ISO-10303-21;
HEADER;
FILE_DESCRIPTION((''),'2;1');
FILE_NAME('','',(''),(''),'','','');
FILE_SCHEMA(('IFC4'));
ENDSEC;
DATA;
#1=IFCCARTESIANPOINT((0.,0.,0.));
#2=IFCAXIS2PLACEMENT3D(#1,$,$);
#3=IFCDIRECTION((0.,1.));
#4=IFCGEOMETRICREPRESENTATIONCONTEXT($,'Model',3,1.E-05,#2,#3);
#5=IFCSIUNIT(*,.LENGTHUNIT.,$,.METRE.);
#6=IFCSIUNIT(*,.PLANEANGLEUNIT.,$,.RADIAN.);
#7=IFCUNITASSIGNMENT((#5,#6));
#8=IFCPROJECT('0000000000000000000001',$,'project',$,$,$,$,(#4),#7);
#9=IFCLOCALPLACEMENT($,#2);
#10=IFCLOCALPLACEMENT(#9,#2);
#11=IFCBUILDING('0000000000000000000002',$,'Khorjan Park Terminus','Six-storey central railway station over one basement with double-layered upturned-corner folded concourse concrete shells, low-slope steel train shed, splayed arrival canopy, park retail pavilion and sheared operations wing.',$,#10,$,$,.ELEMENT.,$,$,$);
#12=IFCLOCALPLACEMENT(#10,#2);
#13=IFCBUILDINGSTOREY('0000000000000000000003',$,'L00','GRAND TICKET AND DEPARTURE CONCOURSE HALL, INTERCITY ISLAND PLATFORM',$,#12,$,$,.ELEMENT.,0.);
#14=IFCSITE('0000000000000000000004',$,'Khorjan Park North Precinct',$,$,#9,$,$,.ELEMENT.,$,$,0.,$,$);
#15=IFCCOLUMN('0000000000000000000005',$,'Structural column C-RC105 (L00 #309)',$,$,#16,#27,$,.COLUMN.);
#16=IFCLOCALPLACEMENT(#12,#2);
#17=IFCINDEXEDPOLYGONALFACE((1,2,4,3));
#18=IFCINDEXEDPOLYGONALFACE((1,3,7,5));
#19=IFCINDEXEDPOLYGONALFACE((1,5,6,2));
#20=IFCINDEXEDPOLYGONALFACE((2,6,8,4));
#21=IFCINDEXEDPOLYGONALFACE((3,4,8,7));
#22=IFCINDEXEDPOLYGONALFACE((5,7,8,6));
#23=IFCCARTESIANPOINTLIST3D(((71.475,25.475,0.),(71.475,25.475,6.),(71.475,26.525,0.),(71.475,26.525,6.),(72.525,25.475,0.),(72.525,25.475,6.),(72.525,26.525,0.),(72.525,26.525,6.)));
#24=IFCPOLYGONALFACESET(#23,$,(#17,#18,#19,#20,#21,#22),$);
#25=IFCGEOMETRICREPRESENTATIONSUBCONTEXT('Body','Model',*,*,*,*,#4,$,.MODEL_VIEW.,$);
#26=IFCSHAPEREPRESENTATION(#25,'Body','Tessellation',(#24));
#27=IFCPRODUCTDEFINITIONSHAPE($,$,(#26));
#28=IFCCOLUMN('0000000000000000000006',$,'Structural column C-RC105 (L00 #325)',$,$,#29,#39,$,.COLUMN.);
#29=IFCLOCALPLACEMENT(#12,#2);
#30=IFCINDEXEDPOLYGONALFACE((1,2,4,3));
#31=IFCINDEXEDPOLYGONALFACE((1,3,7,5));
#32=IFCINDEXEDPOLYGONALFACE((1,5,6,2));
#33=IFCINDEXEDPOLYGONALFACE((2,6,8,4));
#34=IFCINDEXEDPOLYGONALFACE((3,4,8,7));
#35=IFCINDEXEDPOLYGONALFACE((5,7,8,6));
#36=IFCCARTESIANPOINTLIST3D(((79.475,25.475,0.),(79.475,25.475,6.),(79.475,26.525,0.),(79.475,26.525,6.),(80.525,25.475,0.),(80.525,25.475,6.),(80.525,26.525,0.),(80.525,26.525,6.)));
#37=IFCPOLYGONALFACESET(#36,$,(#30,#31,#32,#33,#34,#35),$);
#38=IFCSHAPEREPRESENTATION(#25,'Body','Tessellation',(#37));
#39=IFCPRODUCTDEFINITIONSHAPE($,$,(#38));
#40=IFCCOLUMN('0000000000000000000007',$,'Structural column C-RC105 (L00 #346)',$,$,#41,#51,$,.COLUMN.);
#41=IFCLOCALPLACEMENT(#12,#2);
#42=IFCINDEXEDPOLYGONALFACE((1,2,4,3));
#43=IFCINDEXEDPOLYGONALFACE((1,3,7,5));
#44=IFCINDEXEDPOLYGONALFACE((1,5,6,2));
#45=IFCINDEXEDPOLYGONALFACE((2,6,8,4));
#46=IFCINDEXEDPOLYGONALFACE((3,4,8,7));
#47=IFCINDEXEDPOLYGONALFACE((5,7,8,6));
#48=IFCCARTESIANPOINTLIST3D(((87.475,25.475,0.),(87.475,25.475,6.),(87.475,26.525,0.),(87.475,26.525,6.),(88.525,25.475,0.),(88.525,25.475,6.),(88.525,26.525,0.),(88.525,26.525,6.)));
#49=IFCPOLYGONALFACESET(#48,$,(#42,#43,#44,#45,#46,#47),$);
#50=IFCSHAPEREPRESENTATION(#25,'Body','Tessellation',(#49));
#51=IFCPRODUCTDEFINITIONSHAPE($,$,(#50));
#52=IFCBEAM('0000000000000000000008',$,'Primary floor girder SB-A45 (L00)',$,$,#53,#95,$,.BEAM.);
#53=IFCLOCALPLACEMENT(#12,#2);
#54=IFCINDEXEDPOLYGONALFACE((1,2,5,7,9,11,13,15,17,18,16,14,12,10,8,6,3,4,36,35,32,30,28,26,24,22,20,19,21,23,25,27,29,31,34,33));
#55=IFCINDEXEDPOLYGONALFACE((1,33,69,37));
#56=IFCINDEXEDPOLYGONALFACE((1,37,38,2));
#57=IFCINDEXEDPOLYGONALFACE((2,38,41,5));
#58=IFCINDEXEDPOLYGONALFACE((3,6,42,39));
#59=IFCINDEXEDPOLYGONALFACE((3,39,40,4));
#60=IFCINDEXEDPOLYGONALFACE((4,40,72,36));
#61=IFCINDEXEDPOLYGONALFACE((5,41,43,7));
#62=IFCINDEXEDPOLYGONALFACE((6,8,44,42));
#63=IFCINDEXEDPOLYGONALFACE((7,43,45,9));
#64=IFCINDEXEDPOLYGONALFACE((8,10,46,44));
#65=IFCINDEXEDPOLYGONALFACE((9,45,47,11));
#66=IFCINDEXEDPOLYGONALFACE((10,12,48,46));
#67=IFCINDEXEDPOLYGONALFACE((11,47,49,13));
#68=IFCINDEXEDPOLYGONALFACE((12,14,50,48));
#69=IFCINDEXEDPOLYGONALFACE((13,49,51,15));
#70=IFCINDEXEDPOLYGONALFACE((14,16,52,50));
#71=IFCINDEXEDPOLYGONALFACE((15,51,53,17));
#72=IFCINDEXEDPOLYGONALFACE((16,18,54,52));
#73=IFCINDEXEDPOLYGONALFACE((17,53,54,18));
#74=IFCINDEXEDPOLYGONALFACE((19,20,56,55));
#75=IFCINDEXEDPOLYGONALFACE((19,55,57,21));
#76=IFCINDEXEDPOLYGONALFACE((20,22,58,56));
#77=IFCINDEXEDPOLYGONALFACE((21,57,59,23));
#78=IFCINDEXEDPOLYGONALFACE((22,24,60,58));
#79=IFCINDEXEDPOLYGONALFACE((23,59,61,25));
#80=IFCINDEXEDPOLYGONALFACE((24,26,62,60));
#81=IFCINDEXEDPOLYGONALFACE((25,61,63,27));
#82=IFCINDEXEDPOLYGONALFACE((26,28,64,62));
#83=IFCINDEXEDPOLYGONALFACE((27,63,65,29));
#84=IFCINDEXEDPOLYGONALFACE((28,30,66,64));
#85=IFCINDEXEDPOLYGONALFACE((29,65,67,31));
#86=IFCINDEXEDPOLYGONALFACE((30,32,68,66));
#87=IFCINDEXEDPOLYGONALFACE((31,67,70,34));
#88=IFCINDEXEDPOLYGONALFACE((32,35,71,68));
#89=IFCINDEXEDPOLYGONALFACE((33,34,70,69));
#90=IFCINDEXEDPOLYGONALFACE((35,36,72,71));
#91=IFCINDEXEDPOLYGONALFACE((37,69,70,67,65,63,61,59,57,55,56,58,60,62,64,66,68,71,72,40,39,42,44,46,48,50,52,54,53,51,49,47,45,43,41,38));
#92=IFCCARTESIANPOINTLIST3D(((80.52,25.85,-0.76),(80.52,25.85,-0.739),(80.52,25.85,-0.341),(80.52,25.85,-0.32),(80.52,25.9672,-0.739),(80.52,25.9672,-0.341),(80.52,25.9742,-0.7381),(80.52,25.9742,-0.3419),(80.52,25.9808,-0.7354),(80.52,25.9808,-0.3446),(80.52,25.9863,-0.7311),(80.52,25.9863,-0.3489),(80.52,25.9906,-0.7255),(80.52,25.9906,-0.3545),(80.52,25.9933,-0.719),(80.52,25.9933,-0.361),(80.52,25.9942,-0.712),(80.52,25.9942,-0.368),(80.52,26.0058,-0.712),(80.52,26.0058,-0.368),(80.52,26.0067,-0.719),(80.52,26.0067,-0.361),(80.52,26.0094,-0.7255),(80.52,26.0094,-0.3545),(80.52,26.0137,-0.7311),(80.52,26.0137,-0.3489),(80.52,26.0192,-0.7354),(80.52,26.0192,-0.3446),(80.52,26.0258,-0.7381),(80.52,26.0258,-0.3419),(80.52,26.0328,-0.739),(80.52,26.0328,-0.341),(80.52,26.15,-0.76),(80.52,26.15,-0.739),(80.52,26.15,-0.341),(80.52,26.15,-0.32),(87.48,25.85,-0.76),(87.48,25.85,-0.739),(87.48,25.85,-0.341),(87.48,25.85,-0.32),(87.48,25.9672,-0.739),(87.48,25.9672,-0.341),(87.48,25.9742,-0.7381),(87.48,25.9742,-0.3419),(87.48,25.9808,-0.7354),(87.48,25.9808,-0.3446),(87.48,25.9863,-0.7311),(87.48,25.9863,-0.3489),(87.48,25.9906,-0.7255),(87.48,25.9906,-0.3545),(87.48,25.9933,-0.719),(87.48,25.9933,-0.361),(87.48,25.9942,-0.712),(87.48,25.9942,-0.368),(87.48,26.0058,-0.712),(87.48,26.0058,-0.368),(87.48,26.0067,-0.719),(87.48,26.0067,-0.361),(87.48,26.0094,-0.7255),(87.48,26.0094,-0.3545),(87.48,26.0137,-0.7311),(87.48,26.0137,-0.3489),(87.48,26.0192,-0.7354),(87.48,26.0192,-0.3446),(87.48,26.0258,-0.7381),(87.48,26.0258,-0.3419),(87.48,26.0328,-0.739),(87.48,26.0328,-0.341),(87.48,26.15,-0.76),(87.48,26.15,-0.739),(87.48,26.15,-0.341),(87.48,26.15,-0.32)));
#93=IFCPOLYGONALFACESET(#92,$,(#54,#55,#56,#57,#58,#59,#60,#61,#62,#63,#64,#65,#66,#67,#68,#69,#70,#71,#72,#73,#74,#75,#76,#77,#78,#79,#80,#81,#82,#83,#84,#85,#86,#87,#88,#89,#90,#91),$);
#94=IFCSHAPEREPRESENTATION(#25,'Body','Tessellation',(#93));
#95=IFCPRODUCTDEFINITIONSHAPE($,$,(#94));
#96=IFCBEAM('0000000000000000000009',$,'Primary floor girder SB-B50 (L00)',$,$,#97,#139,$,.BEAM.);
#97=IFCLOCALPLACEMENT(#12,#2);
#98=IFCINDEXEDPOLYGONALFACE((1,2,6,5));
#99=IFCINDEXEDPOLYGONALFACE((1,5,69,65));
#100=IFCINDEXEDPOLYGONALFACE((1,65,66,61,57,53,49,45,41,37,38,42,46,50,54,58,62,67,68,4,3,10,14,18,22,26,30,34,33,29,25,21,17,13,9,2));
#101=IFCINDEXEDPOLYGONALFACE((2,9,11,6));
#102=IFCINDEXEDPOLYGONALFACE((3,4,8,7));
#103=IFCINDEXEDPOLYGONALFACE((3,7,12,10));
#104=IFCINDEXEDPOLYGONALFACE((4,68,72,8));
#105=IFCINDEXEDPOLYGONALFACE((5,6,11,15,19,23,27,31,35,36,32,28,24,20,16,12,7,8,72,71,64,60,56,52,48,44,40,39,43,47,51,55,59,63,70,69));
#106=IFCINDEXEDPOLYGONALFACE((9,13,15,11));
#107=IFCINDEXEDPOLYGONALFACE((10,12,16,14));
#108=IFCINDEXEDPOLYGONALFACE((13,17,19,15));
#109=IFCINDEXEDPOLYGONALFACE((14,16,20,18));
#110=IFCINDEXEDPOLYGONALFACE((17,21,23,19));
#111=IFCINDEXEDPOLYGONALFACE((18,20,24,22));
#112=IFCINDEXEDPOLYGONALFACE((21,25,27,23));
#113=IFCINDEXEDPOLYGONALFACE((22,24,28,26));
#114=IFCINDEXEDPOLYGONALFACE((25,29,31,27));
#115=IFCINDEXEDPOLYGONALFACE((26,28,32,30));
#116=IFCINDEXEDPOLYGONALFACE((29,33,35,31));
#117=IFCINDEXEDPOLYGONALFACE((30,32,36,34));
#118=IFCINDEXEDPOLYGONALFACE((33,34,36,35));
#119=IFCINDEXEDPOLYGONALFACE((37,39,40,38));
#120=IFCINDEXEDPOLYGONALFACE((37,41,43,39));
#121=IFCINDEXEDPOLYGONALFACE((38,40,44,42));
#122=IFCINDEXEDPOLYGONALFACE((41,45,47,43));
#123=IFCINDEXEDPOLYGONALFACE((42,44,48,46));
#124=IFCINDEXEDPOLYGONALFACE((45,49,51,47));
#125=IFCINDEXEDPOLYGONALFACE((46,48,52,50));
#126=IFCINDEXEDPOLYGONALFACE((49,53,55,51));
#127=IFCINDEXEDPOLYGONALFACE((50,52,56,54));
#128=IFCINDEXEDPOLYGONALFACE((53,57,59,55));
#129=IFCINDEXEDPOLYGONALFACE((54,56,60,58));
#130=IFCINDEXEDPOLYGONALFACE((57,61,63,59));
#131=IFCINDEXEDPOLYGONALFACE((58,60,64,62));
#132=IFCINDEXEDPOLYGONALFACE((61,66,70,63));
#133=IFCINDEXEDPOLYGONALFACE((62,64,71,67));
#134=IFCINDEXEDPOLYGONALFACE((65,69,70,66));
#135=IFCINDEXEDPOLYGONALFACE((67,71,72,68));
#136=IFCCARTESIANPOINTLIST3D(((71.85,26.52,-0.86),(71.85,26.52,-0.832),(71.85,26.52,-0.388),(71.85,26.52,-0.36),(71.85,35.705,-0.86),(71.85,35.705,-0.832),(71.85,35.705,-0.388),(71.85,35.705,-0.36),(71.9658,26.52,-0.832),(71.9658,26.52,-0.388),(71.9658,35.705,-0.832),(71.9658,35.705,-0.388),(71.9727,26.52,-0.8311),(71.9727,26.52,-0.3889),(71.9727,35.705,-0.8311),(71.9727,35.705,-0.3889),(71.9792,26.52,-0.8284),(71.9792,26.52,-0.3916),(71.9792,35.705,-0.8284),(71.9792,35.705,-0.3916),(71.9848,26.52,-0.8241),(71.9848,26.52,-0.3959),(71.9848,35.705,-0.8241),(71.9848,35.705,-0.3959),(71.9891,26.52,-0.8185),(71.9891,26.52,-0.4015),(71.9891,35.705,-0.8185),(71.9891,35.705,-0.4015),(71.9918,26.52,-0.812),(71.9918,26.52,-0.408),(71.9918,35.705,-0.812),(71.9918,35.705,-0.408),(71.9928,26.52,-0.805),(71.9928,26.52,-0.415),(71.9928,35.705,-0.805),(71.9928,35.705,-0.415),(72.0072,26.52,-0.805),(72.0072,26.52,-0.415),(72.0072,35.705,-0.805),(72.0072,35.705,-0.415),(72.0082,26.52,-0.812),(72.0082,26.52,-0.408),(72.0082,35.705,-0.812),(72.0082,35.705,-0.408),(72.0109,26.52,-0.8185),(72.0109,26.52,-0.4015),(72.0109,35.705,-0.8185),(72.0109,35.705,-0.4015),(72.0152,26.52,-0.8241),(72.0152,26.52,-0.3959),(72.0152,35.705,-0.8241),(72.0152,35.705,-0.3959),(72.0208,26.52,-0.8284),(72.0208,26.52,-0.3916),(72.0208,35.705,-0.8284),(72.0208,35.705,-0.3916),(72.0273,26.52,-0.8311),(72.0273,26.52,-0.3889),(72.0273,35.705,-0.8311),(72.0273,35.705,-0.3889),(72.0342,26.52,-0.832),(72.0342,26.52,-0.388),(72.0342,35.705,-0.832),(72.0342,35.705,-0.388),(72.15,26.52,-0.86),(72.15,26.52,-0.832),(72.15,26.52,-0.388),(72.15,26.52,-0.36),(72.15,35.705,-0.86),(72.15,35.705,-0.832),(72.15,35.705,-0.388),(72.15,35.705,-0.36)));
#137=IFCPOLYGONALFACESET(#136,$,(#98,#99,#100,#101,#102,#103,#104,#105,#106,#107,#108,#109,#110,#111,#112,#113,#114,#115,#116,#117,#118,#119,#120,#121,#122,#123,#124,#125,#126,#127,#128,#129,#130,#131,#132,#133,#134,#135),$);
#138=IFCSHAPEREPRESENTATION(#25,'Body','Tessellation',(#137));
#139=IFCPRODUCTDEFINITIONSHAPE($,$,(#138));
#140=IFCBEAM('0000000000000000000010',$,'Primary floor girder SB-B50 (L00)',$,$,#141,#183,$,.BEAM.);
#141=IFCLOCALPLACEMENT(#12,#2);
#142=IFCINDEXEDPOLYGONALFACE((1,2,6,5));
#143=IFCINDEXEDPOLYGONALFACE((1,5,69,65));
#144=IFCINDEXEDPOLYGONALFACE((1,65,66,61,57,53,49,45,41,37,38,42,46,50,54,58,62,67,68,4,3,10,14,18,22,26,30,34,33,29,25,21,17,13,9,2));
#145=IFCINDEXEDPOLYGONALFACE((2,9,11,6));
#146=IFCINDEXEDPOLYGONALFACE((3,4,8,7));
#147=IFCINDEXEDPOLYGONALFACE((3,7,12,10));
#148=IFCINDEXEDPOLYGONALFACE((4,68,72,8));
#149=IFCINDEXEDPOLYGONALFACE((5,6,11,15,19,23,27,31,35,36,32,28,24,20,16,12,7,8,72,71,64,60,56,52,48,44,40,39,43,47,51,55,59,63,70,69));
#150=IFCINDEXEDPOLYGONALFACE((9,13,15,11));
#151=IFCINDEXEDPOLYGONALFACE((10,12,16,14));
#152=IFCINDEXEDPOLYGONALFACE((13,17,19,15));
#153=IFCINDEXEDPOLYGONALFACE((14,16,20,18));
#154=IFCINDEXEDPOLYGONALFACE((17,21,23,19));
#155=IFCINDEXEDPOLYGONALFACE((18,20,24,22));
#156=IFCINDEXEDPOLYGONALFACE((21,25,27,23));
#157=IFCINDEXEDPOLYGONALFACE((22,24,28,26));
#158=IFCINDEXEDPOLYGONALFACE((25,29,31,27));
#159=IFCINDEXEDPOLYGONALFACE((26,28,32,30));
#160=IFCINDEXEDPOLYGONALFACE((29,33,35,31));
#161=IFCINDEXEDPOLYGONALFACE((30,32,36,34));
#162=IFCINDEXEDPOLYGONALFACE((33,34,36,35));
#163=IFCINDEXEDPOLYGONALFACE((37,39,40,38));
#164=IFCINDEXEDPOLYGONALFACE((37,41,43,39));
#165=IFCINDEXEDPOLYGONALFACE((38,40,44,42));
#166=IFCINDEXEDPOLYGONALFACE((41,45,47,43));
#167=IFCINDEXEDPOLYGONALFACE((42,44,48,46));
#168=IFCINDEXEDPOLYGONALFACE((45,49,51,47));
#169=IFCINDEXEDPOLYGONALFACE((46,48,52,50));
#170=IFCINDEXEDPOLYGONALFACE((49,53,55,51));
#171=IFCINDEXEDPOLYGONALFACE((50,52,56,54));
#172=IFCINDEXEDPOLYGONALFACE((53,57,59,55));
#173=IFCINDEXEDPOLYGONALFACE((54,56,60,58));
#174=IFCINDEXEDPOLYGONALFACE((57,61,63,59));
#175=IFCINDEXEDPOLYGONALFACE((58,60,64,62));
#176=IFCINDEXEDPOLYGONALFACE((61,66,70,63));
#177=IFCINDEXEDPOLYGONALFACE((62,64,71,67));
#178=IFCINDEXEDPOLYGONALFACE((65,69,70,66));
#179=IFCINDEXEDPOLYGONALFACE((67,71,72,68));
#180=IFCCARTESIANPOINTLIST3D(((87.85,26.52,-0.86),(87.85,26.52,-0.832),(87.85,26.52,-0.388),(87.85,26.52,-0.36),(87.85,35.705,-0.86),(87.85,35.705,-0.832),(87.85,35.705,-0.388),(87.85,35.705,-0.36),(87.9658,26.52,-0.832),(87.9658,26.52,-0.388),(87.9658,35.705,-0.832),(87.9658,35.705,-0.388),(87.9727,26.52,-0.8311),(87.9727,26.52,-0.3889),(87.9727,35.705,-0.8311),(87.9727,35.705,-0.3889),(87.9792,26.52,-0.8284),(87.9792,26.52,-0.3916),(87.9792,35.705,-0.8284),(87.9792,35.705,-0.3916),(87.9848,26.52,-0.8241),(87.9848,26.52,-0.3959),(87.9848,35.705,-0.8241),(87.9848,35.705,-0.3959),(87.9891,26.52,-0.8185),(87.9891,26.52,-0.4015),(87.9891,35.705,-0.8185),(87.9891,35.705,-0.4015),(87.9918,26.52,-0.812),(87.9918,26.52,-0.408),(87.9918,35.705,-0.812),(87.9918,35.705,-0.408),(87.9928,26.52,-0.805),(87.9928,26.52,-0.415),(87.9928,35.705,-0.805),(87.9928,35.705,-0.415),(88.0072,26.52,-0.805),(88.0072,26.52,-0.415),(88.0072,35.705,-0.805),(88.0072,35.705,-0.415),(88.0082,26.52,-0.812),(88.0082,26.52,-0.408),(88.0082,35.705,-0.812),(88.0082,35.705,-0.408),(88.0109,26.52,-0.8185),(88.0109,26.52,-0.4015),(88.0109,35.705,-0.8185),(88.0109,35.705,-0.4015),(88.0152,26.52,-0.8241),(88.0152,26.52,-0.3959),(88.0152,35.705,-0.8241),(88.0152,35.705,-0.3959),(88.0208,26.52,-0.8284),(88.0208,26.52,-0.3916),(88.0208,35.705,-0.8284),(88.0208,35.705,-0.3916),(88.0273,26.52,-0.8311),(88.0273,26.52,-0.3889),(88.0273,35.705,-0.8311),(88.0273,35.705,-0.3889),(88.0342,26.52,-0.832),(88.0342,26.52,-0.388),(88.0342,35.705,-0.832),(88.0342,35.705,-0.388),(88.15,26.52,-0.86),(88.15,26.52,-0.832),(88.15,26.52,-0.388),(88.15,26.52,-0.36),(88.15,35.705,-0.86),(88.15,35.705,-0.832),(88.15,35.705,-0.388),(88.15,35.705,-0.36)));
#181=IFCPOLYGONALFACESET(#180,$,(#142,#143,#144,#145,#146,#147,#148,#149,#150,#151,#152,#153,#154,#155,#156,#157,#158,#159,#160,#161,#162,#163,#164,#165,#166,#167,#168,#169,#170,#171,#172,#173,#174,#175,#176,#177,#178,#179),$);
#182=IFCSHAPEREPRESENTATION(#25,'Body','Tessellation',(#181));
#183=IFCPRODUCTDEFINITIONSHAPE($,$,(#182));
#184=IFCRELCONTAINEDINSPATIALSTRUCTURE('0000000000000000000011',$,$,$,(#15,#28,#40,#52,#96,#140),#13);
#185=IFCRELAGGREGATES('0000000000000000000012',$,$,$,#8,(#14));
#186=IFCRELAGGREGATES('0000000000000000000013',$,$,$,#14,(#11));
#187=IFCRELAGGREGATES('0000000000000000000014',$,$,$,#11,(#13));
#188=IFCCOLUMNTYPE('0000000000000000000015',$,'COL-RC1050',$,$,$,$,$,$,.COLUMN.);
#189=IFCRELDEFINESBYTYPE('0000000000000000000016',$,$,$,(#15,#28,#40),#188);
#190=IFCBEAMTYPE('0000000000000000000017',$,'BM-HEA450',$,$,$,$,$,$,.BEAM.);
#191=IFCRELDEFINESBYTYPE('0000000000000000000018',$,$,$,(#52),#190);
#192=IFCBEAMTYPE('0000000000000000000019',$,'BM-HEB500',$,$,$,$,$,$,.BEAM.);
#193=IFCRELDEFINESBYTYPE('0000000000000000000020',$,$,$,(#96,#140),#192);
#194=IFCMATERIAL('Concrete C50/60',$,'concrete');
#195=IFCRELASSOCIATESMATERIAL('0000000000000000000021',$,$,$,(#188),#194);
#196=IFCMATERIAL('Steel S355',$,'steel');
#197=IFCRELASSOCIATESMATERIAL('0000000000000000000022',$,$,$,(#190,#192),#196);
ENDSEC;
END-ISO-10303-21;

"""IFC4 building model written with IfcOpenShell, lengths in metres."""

from ifc_helpers import new_model, si_unit, direction, frame, origin, origin_2d, place, context, subcontext, project, spatial, rectangle, i_section, extrude, material, material_profile, profile_set, type_object, element, save


model = new_model("IFC4")

# Units and contexts
model_context = context("Model", 3, precision=1e-05, world=origin(), true_north=direction((0.0, 1.0)))
body_context = subcontext(model_context, "Body", "Model", "MODEL_VIEW")
ifc_project = project(units=[si_unit("LENGTHUNIT", "METRE"), si_unit("PLANEANGLEUNIT", "RADIAN")], contexts=[model_context])

# Site, building, storey
site_placement = place(None, origin())
site = spatial("IfcSite", under=ifc_project, at=site_placement, Name="Khorjan Park North Precinct", CompositionType="ELEMENT", RefElevation=0.0)
building_placement = place(site_placement, origin())
building = spatial("IfcBuilding", under=site, at=building_placement, Name="Khorjan Park Terminus", Description="Six-storey central railway station over one basement with double-layered upturned-corner folded concourse concrete shells, low-slope steel train shed, splayed arrival canopy, park retail pavilion and sheared operations wing.", CompositionType="ELEMENT")
storey_placement = place(building_placement, origin())
storey = spatial("IfcBuildingStorey", under=building, at=storey_placement, Name="L00", Description="GRAND TICKET AND DEPARTURE CONCOURSE HALL, INTERCITY ISLAND PLATFORM", CompositionType="ELEMENT", Elevation=0.0)

# Columns
ifc_material_1 = material(Name="Concrete C50/60", Category="concrete")
ifc_material_profile_1 = material_profile(ifc_material_1, rectangle(XDim=1.05, YDim=1.05, at=origin_2d()), Name="RC 1050x1050")
ifc_profile_set_1 = profile_set([ifc_material_profile_1], Name="Concrete C50/60")
column_type = type_object("IfcColumnType", Name="COL-RC1050", PredefinedType="COLUMN", material=ifc_profile_set_1)
for number, where, z_axis, x_axis, name in (
    (1, (72.0, 26.0, 0.0), (0.0, 0.0, 1.0), (1.0, 0.0, 0.0), "Structural column C-RC105 (L00 #309)"),
    (2, (80.0, 26.0, 0.0), (0.0, 0.0, 1.0), (1.0, 0.0, 0.0), "Structural column C-RC105 (L00 #325)"),
    (3, (88.0, 26.0, 0.0), (0.0, 0.0, 1.0), (1.0, 0.0, 0.0), "Structural column C-RC105 (L00 #346)"),
):
    element("IfcColumn", number, at=place(storey_placement, frame(where, z_axis=z_axis, x_axis=x_axis)), inside=storey, type_object=column_type, Name=name, PredefinedType="COLUMN", context=body_context, shape_type="SweptSolid", body=[
        extrude(rectangle(XDim=1.05, YDim=1.05, at=origin_2d()), origin(), (0.0, 0.0, 1.0), 6.0),
    ])

# Beams
ifc_material_2 = material(Name="Steel S355", Category="steel")
ifc_material_profile_2 = material_profile(ifc_material_2, i_section(OverallWidth=0.3, OverallDepth=0.44, WebThickness=0.0115, FlangeThickness=0.021, FilletRadius=0.027, at=origin_2d()), Name="HEA 450")
ifc_profile_set_2 = profile_set([ifc_material_profile_2], Name="Steel S355")
beam_type_1 = type_object("IfcBeamType", Name="BM-HEA450", PredefinedType="BEAM", material=ifc_profile_set_2)
beam_1_placement = place(storey_placement, frame((80.52, 26.0, -0.54), z_axis=(1.0, 0.0, 0.0), x_axis=(0.0, 1.0, 0.0)))
element("IfcBeam", 4, at=beam_1_placement, inside=storey, type_object=beam_type_1, Name="Primary floor girder SB-A45 (L00)", PredefinedType="BEAM", context=body_context, shape_type="SweptSolid", body=[
    extrude(i_section(OverallWidth=0.3, OverallDepth=0.44, WebThickness=0.0115, FlangeThickness=0.021, FilletRadius=0.027, at=origin_2d()), origin(), (0.0, 0.0, 1.0), 6.96),
])
ifc_material_profile_3 = material_profile(ifc_material_2, i_section(OverallWidth=0.3, OverallDepth=0.5, WebThickness=0.0145, FlangeThickness=0.028, FilletRadius=0.027, at=origin_2d()), Name="HEB 500")
ifc_profile_set_3 = profile_set([ifc_material_profile_3], Name="Steel S355")
beam_type_2 = type_object("IfcBeamType", Name="BM-HEB500", PredefinedType="BEAM", material=ifc_profile_set_3)
for number, where, z_axis, x_axis, name in (
    (5, (72.0, 26.52, -0.61), (0.0, 1.0, 0.0), (-1.0, 0.0, 0.0), "Primary floor girder SB-B50 (L00)"),
    (6, (88.0, 26.52, -0.61), (0.0, 1.0, 0.0), (-1.0, 0.0, 0.0), "Primary floor girder SB-B50 (L00)"),
):
    element("IfcBeam", number, at=place(storey_placement, frame(where, z_axis=z_axis, x_axis=x_axis)), inside=storey, type_object=beam_type_2, Name=name, PredefinedType="BEAM", context=body_context, shape_type="SweptSolid", body=[
        extrude(i_section(OverallWidth=0.3, OverallDepth=0.5, WebThickness=0.0145, FlangeThickness=0.028, FilletRadius=0.027, at=origin_2d()), origin(), (0.0, 0.0, 1.0), 9.185),
    ])

save(model, "model.ifc")
